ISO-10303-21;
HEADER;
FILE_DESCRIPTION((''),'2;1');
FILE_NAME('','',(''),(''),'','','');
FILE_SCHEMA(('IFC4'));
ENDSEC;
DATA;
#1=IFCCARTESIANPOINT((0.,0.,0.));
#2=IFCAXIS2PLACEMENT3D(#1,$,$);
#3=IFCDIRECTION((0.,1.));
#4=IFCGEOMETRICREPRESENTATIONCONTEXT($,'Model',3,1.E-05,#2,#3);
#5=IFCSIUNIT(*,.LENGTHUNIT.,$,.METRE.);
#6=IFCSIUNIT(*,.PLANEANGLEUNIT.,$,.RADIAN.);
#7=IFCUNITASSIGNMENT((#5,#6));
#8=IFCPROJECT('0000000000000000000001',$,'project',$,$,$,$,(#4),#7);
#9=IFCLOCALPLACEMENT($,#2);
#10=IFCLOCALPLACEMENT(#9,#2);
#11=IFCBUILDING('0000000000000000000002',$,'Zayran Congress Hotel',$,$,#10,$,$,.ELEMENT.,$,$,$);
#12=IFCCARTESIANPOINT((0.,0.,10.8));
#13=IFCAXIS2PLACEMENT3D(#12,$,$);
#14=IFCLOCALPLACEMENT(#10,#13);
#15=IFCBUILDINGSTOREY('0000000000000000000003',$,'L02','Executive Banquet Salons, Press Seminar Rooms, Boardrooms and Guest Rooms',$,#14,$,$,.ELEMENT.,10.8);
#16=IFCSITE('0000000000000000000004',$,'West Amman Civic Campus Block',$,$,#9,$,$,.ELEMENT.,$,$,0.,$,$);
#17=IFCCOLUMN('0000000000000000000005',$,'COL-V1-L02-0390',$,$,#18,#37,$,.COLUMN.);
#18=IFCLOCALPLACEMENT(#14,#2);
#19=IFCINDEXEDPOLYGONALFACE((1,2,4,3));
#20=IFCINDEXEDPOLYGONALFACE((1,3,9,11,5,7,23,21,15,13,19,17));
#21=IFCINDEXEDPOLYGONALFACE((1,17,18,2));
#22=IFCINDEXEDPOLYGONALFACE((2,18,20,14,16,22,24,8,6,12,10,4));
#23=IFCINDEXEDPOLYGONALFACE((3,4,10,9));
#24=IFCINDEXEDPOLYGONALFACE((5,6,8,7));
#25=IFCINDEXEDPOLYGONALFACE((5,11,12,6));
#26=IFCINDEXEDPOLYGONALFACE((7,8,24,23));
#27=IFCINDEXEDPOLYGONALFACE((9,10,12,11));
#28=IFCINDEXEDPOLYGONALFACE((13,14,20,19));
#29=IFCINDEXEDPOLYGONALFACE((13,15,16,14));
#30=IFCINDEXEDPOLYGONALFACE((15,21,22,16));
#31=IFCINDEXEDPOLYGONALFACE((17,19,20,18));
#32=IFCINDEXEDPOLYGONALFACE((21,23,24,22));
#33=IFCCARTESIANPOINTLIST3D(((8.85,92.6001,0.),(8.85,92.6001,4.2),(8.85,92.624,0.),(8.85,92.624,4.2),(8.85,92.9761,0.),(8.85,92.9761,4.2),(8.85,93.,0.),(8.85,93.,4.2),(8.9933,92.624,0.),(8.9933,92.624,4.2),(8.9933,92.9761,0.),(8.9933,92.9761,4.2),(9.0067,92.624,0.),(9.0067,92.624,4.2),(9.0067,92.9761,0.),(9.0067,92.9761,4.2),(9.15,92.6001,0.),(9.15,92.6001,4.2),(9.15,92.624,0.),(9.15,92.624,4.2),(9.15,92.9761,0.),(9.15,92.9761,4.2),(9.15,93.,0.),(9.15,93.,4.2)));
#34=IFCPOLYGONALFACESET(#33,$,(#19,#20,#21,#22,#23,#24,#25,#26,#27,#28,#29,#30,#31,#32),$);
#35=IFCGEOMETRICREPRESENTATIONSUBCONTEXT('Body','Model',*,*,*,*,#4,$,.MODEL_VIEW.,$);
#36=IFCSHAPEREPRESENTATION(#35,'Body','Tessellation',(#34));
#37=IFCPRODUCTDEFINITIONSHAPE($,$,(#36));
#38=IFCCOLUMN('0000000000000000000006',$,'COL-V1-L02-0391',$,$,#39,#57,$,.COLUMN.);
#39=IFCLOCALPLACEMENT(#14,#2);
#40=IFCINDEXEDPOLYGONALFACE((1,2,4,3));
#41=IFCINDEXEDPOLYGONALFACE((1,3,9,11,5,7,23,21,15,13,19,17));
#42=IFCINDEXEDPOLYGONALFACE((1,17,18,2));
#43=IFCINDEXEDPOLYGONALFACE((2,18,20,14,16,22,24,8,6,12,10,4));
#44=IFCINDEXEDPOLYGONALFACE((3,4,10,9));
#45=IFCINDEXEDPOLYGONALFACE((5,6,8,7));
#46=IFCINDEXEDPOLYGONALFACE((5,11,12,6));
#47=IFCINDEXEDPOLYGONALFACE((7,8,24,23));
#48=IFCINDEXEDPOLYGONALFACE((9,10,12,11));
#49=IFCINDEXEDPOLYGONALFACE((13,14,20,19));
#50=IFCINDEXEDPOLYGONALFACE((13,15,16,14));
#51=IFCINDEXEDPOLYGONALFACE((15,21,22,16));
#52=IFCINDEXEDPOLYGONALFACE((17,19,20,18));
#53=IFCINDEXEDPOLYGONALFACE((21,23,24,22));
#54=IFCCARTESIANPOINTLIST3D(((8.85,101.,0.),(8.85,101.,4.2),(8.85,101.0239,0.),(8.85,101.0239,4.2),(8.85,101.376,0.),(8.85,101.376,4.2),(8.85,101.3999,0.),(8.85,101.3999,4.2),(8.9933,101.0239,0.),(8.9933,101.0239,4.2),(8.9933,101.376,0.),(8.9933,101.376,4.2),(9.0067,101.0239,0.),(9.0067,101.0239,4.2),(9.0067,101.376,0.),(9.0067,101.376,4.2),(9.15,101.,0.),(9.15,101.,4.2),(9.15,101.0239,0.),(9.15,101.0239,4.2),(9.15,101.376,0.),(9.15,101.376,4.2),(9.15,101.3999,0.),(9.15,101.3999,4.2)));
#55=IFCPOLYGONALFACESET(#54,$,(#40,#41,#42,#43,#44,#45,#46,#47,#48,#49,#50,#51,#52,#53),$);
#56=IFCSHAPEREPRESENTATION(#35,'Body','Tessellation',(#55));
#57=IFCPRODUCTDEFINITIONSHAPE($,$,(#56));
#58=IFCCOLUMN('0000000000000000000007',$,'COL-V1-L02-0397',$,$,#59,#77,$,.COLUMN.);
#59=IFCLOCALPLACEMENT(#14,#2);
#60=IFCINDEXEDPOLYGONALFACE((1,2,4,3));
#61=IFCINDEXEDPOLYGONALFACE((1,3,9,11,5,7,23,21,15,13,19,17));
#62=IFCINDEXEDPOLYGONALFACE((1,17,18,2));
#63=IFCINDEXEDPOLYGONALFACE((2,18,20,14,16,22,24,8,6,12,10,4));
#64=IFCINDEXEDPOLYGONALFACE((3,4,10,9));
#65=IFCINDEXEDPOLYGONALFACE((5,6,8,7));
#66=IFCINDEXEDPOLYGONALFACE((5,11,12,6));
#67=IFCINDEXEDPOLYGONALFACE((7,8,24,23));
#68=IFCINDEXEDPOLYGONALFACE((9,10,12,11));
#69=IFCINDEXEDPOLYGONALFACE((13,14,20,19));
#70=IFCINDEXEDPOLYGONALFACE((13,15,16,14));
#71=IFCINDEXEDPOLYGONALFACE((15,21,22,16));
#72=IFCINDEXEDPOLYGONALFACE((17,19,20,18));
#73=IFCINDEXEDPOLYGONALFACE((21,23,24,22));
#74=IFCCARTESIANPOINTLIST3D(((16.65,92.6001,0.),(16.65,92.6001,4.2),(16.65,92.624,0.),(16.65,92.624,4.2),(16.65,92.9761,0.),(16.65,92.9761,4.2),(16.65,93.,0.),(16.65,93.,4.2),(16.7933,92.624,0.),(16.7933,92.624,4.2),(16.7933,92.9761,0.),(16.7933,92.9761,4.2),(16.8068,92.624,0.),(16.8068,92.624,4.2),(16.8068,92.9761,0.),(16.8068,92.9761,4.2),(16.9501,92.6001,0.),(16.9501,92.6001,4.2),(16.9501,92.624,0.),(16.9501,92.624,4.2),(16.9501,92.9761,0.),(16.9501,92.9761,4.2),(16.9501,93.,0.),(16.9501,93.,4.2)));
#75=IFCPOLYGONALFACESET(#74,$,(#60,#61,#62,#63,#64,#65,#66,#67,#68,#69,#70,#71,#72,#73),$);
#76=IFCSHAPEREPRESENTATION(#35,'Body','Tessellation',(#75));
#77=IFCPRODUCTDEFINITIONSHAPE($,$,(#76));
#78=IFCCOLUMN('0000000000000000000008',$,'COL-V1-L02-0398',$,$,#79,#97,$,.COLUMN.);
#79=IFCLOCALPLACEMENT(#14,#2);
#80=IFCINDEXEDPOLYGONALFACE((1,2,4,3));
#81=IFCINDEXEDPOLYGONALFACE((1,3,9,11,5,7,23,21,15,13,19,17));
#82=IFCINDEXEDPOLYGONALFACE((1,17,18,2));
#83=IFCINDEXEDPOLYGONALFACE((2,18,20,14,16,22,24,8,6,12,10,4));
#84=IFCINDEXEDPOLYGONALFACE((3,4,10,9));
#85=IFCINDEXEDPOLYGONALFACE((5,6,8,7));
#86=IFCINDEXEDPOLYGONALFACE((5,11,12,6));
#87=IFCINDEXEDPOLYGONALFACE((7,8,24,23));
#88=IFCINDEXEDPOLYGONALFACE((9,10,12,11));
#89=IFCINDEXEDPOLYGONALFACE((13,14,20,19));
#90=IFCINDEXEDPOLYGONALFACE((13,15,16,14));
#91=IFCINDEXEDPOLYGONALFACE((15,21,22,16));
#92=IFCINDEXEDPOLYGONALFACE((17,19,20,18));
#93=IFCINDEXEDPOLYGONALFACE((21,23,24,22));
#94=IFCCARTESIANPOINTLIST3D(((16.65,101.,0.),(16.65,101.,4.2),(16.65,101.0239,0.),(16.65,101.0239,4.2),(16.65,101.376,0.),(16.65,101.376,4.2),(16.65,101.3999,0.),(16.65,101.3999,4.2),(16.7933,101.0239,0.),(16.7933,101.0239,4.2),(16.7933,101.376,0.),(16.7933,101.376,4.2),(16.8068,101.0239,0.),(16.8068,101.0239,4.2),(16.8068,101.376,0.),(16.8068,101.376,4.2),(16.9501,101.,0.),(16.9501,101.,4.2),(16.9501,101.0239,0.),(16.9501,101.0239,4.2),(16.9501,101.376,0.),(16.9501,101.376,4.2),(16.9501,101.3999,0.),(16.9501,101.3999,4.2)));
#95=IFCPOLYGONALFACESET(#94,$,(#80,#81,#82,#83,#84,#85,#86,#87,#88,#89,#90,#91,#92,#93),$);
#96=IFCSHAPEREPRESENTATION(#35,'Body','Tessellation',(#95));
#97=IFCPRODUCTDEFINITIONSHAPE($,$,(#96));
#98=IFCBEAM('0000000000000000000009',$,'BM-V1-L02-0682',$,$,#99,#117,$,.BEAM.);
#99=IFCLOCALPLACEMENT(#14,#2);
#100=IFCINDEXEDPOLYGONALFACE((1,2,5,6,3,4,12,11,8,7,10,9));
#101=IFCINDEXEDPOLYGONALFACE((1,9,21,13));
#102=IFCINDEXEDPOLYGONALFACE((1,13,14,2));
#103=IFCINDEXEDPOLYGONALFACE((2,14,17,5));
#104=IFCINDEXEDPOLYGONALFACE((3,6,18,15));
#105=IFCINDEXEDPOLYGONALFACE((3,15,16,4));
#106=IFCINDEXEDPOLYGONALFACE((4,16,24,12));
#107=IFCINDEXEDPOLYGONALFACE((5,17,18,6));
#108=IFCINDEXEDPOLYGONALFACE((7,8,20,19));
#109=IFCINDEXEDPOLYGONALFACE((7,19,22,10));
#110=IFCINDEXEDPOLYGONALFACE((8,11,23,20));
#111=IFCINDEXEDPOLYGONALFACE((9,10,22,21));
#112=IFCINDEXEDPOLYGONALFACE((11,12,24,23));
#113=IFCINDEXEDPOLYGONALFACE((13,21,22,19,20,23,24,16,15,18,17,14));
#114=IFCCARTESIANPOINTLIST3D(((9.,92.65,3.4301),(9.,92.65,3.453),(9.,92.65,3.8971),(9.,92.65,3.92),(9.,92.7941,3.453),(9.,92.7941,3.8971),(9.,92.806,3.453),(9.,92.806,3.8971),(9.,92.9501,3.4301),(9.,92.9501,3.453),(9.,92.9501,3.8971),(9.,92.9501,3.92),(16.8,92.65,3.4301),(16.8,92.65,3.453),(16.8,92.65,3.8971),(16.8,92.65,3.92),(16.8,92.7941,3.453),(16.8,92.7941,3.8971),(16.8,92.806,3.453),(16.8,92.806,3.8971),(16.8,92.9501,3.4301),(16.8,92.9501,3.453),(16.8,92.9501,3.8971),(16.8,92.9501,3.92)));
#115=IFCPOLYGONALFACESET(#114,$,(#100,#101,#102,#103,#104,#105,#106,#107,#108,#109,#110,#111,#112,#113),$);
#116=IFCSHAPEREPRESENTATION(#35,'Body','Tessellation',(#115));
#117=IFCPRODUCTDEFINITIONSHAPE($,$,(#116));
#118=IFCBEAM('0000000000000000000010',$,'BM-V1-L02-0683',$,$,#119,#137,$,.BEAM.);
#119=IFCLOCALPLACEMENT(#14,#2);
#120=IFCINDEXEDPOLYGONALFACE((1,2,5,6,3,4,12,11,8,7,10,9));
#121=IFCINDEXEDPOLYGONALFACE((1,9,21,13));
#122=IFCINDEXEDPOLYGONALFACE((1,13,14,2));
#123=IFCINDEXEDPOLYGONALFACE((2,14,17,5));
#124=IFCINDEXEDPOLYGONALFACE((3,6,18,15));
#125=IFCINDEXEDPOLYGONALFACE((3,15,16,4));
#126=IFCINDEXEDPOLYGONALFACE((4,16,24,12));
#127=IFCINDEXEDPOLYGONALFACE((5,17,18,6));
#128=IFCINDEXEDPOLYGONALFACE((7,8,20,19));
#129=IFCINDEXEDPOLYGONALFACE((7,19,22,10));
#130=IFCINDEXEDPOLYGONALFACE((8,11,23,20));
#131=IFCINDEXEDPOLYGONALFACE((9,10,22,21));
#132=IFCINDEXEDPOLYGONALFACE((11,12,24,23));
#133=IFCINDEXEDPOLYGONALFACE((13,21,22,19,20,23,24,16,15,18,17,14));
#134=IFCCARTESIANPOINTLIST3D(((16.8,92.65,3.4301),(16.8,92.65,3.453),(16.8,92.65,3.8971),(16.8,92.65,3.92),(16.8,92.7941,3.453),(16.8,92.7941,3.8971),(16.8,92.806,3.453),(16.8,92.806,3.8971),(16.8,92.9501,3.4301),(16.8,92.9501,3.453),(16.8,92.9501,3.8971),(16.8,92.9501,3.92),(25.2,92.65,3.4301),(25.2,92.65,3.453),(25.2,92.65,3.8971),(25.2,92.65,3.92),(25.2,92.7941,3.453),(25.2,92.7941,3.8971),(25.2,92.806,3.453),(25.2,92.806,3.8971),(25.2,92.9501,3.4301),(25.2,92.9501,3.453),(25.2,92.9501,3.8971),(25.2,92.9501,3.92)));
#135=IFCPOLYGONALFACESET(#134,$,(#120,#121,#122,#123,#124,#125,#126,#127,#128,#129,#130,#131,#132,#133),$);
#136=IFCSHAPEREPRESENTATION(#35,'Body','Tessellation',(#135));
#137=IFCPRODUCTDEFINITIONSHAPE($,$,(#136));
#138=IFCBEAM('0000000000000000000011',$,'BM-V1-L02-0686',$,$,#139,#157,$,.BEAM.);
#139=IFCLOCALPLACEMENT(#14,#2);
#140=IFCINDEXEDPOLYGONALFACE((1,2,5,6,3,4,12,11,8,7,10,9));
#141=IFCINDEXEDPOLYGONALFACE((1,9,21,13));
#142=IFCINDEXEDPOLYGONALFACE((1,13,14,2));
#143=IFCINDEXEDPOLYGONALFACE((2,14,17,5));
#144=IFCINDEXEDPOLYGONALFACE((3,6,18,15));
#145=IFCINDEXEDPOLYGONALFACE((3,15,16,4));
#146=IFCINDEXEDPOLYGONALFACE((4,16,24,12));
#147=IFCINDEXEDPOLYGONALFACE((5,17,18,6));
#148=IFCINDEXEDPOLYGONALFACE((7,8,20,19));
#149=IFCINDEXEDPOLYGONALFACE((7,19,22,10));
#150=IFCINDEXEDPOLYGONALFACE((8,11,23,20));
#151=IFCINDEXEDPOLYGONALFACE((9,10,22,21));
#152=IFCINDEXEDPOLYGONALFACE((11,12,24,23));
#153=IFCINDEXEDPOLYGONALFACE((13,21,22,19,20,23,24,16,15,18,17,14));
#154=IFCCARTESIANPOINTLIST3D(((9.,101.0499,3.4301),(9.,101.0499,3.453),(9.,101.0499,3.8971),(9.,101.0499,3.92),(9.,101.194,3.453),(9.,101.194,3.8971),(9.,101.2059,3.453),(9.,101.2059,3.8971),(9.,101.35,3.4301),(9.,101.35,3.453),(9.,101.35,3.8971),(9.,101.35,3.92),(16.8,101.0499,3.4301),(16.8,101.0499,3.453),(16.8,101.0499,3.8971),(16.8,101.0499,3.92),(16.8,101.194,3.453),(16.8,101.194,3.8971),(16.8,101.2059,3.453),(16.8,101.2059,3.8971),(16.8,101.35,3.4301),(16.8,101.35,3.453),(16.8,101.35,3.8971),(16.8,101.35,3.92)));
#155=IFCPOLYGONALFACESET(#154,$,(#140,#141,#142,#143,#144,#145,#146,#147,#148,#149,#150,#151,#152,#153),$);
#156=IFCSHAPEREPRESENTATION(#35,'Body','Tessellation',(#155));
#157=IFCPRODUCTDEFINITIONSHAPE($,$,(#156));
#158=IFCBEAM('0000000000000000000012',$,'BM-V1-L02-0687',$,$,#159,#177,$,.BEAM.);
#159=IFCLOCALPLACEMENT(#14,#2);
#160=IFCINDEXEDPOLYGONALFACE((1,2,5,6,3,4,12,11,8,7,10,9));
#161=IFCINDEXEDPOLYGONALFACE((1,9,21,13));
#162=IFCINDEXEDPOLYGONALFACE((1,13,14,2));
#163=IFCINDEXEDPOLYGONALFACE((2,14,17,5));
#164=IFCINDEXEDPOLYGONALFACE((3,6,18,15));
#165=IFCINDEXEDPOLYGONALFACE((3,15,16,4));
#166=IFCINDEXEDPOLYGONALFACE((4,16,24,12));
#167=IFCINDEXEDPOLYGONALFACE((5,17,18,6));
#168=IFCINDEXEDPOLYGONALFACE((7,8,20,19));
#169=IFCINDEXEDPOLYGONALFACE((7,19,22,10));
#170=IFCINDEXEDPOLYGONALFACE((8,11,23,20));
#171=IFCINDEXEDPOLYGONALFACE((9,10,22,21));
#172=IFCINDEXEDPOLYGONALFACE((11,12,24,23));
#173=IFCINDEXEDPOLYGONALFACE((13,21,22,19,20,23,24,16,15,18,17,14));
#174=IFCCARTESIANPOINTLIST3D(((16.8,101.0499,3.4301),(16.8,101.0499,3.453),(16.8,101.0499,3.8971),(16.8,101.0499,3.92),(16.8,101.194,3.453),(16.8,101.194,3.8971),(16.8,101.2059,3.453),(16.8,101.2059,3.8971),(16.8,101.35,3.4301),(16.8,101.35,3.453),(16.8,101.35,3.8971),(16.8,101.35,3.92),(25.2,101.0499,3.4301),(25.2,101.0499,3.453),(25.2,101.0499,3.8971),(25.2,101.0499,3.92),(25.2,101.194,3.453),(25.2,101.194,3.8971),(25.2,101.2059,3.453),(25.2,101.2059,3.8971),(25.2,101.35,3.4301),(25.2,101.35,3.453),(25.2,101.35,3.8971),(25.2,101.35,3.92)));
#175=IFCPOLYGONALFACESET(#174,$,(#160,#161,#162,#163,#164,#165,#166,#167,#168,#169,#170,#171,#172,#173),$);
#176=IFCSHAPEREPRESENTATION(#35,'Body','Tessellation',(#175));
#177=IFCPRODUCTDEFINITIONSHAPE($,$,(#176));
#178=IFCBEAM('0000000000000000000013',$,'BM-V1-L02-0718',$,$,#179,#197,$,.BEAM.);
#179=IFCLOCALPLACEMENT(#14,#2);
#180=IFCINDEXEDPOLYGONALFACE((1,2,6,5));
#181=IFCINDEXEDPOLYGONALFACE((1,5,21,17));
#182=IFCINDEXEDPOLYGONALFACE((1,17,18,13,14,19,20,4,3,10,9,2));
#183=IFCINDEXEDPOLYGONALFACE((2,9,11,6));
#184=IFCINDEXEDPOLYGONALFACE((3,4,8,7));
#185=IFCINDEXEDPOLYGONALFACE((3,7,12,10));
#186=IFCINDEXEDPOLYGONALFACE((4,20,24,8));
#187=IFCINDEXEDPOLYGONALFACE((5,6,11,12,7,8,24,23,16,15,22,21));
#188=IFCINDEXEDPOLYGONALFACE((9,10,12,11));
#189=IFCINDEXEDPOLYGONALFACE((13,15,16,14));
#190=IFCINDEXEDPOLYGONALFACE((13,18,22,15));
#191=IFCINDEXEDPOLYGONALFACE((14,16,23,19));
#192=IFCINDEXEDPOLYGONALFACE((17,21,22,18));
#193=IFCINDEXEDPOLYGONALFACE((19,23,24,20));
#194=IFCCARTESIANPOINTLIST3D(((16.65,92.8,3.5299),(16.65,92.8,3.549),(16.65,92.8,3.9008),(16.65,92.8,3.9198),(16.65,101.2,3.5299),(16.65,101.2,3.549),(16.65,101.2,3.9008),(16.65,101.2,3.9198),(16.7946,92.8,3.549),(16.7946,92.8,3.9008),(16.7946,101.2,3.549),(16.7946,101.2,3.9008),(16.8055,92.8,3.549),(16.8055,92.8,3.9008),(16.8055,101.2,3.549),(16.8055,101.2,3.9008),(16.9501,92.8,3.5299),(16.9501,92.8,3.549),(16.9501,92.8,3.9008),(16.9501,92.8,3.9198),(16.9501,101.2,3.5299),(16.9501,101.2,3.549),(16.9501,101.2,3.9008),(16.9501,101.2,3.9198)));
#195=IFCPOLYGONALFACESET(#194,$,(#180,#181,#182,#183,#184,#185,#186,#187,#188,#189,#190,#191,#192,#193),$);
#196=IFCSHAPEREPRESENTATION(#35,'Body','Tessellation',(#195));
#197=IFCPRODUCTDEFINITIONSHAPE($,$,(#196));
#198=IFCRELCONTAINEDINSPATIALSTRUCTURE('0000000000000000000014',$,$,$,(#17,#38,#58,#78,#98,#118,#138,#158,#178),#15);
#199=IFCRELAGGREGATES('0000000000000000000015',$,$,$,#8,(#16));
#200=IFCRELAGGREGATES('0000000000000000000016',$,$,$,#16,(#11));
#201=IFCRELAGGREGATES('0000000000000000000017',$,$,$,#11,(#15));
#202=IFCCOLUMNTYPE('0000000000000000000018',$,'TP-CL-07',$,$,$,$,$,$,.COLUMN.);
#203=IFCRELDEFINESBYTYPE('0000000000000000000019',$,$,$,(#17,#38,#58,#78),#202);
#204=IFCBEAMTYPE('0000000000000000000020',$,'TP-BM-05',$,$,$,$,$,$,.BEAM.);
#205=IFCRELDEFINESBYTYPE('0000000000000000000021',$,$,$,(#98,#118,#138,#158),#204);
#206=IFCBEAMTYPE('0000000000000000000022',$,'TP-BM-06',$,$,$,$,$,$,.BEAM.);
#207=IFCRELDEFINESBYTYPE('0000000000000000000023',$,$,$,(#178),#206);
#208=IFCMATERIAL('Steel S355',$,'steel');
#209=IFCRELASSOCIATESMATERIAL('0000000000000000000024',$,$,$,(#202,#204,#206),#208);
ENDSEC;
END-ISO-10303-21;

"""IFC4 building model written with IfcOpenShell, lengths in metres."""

from ifc_helpers import new_model, si_unit, direction, frame, origin, origin_2d, place, context, subcontext, project, spatial, i_section, extrude, material, material_profile, profile_set, type_object, element, save


model = new_model("IFC4")

# Units and contexts
model_context = context("Model", 3, precision=1e-05, world=origin(), true_north=direction((0.0, 1.0)))
body_context = subcontext(model_context, "Body", "Model", "MODEL_VIEW")
ifc_project = project(units=[si_unit("LENGTHUNIT", "METRE"), si_unit("PLANEANGLEUNIT", "RADIAN")], contexts=[model_context])

# Site, building, storey
site_placement = place(None, origin())
site = spatial("IfcSite", under=ifc_project, at=site_placement, Name="West Amman Civic Campus Block", CompositionType="ELEMENT", RefElevation=0.0)
building_placement = place(site_placement, origin())
building = spatial("IfcBuilding", under=site, at=building_placement, Name="Zayran Congress Hotel", CompositionType="ELEMENT")
storey_placement = place(building_placement, frame((0.0, 0.0, 10.8)))
storey = spatial("IfcBuildingStorey", under=building, at=storey_placement, Name="L02", Description="Executive Banquet Salons, Press Seminar Rooms, Boardrooms and Guest Rooms", CompositionType="ELEMENT", Elevation=10.8)

# Columns
ifc_material_1 = material(Name="Steel S355", Category="steel")
ifc_material_profile_1 = material_profile(ifc_material_1, i_section(OverallWidth=0.3, OverallDepth=0.3999, WebThickness=0.0134, FlangeThickness=0.0239, at=origin_2d()), Name="HEB 400")
ifc_profile_set_1 = profile_set([ifc_material_profile_1], Name="Steel S355")
column_type = type_object("IfcColumnType", Name="TP-CL-07", PredefinedType="COLUMN", material=ifc_profile_set_1)
for number, where, z_axis, x_axis, name in (
    (1, (9.0, 92.8, 0.0), (0.0, 0.0, 1.0), (1.0, 0.0, 0.0), "COL-V1-L02-0390"),
    (2, (9.0, 101.2, 0.0), (0.0, 0.0, 1.0), (1.0, 0.0, 0.0), "COL-V1-L02-0391"),
    (3, (16.8, 92.8, 0.0), (0.0, 0.0, 1.0), (1.0, 0.0, 0.0), "COL-V1-L02-0397"),
    (4, (16.8, 101.2, 0.0), (0.0, 0.0, 1.0), (1.0, 0.0, 0.0), "COL-V1-L02-0398"),
):
    element("IfcColumn", number, at=place(storey_placement, frame(where, z_axis=z_axis, x_axis=x_axis)), inside=storey, type_object=column_type, Name=name, PredefinedType="COLUMN", context=body_context, shape_type="SweptSolid", body=[
        extrude(i_section(OverallWidth=0.3, OverallDepth=0.3999, WebThickness=0.0134, FlangeThickness=0.0239, at=origin_2d()), origin(), (0.0, 0.0, 1.0), 4.2),
    ])

# Beams
ifc_material_profile_2 = material_profile(ifc_material_1, i_section(OverallWidth=0.3, OverallDepth=0.49, WebThickness=0.012, FlangeThickness=0.0229, at=origin_2d()), Name="HEA 500")
ifc_profile_set_2 = profile_set([ifc_material_profile_2], Name="Steel S355")
beam_type_1 = type_object("IfcBeamType", Name="TP-BM-05", PredefinedType="BEAM", material=ifc_profile_set_2)
beam_1_placement = place(storey_placement, frame((9.0, 92.8, 3.675), z_axis=(1.0, 0.0, 0.0), x_axis=(0.0, 1.0, 0.0)))
element("IfcBeam", 5, at=beam_1_placement, inside=storey, type_object=beam_type_1, Name="BM-V1-L02-0682", PredefinedType="BEAM", context=body_context, shape_type="SweptSolid", body=[
    extrude(i_section(OverallWidth=0.3, OverallDepth=0.49, WebThickness=0.012, FlangeThickness=0.0229, at=origin_2d()), origin(), (0.0, 0.0, 1.0), 7.8),
])
beam_2_placement = place(storey_placement, frame((16.8, 92.8, 3.675), z_axis=(1.0, 0.0, 0.0), x_axis=(0.0, 1.0, 0.0)))
element("IfcBeam", 6, at=beam_2_placement, inside=storey, type_object=beam_type_1, Name="BM-V1-L02-0683", PredefinedType="BEAM", context=body_context, shape_type="SweptSolid", body=[
    extrude(i_section(OverallWidth=0.3, OverallDepth=0.49, WebThickness=0.012, FlangeThickness=0.0229, at=origin_2d()), origin(), (0.0, 0.0, 1.0), 8.3999),
])
beam_3_placement = place(storey_placement, frame((9.0, 101.2, 3.675), z_axis=(1.0, 0.0, 0.0), x_axis=(0.0, 1.0, 0.0)))
element("IfcBeam", 7, at=beam_3_placement, inside=storey, type_object=beam_type_1, Name="BM-V1-L02-0686", PredefinedType="BEAM", context=body_context, shape_type="SweptSolid", body=[
    extrude(i_section(OverallWidth=0.3, OverallDepth=0.49, WebThickness=0.012, FlangeThickness=0.0229, at=origin_2d()), origin(), (0.0, 0.0, 1.0), 7.8),
])
beam_4_placement = place(storey_placement, frame((16.8, 101.2, 3.675), z_axis=(1.0, 0.0, 0.0), x_axis=(0.0, 1.0, 0.0)))
element("IfcBeam", 8, at=beam_4_placement, inside=storey, type_object=beam_type_1, Name="BM-V1-L02-0687", PredefinedType="BEAM", context=body_context, shape_type="SweptSolid", body=[
    extrude(i_section(OverallWidth=0.3, OverallDepth=0.49, WebThickness=0.012, FlangeThickness=0.0229, at=origin_2d()), origin(), (0.0, 0.0, 1.0), 8.3999),
])
ifc_material_profile_3 = material_profile(ifc_material_1, i_section(OverallWidth=0.3, OverallDepth=0.3899, WebThickness=0.011, FlangeThickness=0.019, at=origin_2d()), Name="HEA 400")
ifc_profile_set_3 = profile_set([ifc_material_profile_3], Name="Steel S355")
beam_type_2 = type_object("IfcBeamType", Name="TP-BM-06", PredefinedType="BEAM", material=ifc_profile_set_3)
beam_5_placement = place(storey_placement, frame((16.8, 92.8, 3.7249), z_axis=(0.0, 1.0, 0.0), x_axis=(-1.0, 0.0, 0.0)))
element("IfcBeam", 9, at=beam_5_placement, inside=storey, type_object=beam_type_2, Name="BM-V1-L02-0718", PredefinedType="BEAM", context=body_context, shape_type="SweptSolid", body=[
    extrude(i_section(OverallWidth=0.3, OverallDepth=0.3899, WebThickness=0.011, FlangeThickness=0.019, at=origin_2d()), origin(), (0.0, 0.0, 1.0), 8.3999),
])

save(model, "model.ifc")
